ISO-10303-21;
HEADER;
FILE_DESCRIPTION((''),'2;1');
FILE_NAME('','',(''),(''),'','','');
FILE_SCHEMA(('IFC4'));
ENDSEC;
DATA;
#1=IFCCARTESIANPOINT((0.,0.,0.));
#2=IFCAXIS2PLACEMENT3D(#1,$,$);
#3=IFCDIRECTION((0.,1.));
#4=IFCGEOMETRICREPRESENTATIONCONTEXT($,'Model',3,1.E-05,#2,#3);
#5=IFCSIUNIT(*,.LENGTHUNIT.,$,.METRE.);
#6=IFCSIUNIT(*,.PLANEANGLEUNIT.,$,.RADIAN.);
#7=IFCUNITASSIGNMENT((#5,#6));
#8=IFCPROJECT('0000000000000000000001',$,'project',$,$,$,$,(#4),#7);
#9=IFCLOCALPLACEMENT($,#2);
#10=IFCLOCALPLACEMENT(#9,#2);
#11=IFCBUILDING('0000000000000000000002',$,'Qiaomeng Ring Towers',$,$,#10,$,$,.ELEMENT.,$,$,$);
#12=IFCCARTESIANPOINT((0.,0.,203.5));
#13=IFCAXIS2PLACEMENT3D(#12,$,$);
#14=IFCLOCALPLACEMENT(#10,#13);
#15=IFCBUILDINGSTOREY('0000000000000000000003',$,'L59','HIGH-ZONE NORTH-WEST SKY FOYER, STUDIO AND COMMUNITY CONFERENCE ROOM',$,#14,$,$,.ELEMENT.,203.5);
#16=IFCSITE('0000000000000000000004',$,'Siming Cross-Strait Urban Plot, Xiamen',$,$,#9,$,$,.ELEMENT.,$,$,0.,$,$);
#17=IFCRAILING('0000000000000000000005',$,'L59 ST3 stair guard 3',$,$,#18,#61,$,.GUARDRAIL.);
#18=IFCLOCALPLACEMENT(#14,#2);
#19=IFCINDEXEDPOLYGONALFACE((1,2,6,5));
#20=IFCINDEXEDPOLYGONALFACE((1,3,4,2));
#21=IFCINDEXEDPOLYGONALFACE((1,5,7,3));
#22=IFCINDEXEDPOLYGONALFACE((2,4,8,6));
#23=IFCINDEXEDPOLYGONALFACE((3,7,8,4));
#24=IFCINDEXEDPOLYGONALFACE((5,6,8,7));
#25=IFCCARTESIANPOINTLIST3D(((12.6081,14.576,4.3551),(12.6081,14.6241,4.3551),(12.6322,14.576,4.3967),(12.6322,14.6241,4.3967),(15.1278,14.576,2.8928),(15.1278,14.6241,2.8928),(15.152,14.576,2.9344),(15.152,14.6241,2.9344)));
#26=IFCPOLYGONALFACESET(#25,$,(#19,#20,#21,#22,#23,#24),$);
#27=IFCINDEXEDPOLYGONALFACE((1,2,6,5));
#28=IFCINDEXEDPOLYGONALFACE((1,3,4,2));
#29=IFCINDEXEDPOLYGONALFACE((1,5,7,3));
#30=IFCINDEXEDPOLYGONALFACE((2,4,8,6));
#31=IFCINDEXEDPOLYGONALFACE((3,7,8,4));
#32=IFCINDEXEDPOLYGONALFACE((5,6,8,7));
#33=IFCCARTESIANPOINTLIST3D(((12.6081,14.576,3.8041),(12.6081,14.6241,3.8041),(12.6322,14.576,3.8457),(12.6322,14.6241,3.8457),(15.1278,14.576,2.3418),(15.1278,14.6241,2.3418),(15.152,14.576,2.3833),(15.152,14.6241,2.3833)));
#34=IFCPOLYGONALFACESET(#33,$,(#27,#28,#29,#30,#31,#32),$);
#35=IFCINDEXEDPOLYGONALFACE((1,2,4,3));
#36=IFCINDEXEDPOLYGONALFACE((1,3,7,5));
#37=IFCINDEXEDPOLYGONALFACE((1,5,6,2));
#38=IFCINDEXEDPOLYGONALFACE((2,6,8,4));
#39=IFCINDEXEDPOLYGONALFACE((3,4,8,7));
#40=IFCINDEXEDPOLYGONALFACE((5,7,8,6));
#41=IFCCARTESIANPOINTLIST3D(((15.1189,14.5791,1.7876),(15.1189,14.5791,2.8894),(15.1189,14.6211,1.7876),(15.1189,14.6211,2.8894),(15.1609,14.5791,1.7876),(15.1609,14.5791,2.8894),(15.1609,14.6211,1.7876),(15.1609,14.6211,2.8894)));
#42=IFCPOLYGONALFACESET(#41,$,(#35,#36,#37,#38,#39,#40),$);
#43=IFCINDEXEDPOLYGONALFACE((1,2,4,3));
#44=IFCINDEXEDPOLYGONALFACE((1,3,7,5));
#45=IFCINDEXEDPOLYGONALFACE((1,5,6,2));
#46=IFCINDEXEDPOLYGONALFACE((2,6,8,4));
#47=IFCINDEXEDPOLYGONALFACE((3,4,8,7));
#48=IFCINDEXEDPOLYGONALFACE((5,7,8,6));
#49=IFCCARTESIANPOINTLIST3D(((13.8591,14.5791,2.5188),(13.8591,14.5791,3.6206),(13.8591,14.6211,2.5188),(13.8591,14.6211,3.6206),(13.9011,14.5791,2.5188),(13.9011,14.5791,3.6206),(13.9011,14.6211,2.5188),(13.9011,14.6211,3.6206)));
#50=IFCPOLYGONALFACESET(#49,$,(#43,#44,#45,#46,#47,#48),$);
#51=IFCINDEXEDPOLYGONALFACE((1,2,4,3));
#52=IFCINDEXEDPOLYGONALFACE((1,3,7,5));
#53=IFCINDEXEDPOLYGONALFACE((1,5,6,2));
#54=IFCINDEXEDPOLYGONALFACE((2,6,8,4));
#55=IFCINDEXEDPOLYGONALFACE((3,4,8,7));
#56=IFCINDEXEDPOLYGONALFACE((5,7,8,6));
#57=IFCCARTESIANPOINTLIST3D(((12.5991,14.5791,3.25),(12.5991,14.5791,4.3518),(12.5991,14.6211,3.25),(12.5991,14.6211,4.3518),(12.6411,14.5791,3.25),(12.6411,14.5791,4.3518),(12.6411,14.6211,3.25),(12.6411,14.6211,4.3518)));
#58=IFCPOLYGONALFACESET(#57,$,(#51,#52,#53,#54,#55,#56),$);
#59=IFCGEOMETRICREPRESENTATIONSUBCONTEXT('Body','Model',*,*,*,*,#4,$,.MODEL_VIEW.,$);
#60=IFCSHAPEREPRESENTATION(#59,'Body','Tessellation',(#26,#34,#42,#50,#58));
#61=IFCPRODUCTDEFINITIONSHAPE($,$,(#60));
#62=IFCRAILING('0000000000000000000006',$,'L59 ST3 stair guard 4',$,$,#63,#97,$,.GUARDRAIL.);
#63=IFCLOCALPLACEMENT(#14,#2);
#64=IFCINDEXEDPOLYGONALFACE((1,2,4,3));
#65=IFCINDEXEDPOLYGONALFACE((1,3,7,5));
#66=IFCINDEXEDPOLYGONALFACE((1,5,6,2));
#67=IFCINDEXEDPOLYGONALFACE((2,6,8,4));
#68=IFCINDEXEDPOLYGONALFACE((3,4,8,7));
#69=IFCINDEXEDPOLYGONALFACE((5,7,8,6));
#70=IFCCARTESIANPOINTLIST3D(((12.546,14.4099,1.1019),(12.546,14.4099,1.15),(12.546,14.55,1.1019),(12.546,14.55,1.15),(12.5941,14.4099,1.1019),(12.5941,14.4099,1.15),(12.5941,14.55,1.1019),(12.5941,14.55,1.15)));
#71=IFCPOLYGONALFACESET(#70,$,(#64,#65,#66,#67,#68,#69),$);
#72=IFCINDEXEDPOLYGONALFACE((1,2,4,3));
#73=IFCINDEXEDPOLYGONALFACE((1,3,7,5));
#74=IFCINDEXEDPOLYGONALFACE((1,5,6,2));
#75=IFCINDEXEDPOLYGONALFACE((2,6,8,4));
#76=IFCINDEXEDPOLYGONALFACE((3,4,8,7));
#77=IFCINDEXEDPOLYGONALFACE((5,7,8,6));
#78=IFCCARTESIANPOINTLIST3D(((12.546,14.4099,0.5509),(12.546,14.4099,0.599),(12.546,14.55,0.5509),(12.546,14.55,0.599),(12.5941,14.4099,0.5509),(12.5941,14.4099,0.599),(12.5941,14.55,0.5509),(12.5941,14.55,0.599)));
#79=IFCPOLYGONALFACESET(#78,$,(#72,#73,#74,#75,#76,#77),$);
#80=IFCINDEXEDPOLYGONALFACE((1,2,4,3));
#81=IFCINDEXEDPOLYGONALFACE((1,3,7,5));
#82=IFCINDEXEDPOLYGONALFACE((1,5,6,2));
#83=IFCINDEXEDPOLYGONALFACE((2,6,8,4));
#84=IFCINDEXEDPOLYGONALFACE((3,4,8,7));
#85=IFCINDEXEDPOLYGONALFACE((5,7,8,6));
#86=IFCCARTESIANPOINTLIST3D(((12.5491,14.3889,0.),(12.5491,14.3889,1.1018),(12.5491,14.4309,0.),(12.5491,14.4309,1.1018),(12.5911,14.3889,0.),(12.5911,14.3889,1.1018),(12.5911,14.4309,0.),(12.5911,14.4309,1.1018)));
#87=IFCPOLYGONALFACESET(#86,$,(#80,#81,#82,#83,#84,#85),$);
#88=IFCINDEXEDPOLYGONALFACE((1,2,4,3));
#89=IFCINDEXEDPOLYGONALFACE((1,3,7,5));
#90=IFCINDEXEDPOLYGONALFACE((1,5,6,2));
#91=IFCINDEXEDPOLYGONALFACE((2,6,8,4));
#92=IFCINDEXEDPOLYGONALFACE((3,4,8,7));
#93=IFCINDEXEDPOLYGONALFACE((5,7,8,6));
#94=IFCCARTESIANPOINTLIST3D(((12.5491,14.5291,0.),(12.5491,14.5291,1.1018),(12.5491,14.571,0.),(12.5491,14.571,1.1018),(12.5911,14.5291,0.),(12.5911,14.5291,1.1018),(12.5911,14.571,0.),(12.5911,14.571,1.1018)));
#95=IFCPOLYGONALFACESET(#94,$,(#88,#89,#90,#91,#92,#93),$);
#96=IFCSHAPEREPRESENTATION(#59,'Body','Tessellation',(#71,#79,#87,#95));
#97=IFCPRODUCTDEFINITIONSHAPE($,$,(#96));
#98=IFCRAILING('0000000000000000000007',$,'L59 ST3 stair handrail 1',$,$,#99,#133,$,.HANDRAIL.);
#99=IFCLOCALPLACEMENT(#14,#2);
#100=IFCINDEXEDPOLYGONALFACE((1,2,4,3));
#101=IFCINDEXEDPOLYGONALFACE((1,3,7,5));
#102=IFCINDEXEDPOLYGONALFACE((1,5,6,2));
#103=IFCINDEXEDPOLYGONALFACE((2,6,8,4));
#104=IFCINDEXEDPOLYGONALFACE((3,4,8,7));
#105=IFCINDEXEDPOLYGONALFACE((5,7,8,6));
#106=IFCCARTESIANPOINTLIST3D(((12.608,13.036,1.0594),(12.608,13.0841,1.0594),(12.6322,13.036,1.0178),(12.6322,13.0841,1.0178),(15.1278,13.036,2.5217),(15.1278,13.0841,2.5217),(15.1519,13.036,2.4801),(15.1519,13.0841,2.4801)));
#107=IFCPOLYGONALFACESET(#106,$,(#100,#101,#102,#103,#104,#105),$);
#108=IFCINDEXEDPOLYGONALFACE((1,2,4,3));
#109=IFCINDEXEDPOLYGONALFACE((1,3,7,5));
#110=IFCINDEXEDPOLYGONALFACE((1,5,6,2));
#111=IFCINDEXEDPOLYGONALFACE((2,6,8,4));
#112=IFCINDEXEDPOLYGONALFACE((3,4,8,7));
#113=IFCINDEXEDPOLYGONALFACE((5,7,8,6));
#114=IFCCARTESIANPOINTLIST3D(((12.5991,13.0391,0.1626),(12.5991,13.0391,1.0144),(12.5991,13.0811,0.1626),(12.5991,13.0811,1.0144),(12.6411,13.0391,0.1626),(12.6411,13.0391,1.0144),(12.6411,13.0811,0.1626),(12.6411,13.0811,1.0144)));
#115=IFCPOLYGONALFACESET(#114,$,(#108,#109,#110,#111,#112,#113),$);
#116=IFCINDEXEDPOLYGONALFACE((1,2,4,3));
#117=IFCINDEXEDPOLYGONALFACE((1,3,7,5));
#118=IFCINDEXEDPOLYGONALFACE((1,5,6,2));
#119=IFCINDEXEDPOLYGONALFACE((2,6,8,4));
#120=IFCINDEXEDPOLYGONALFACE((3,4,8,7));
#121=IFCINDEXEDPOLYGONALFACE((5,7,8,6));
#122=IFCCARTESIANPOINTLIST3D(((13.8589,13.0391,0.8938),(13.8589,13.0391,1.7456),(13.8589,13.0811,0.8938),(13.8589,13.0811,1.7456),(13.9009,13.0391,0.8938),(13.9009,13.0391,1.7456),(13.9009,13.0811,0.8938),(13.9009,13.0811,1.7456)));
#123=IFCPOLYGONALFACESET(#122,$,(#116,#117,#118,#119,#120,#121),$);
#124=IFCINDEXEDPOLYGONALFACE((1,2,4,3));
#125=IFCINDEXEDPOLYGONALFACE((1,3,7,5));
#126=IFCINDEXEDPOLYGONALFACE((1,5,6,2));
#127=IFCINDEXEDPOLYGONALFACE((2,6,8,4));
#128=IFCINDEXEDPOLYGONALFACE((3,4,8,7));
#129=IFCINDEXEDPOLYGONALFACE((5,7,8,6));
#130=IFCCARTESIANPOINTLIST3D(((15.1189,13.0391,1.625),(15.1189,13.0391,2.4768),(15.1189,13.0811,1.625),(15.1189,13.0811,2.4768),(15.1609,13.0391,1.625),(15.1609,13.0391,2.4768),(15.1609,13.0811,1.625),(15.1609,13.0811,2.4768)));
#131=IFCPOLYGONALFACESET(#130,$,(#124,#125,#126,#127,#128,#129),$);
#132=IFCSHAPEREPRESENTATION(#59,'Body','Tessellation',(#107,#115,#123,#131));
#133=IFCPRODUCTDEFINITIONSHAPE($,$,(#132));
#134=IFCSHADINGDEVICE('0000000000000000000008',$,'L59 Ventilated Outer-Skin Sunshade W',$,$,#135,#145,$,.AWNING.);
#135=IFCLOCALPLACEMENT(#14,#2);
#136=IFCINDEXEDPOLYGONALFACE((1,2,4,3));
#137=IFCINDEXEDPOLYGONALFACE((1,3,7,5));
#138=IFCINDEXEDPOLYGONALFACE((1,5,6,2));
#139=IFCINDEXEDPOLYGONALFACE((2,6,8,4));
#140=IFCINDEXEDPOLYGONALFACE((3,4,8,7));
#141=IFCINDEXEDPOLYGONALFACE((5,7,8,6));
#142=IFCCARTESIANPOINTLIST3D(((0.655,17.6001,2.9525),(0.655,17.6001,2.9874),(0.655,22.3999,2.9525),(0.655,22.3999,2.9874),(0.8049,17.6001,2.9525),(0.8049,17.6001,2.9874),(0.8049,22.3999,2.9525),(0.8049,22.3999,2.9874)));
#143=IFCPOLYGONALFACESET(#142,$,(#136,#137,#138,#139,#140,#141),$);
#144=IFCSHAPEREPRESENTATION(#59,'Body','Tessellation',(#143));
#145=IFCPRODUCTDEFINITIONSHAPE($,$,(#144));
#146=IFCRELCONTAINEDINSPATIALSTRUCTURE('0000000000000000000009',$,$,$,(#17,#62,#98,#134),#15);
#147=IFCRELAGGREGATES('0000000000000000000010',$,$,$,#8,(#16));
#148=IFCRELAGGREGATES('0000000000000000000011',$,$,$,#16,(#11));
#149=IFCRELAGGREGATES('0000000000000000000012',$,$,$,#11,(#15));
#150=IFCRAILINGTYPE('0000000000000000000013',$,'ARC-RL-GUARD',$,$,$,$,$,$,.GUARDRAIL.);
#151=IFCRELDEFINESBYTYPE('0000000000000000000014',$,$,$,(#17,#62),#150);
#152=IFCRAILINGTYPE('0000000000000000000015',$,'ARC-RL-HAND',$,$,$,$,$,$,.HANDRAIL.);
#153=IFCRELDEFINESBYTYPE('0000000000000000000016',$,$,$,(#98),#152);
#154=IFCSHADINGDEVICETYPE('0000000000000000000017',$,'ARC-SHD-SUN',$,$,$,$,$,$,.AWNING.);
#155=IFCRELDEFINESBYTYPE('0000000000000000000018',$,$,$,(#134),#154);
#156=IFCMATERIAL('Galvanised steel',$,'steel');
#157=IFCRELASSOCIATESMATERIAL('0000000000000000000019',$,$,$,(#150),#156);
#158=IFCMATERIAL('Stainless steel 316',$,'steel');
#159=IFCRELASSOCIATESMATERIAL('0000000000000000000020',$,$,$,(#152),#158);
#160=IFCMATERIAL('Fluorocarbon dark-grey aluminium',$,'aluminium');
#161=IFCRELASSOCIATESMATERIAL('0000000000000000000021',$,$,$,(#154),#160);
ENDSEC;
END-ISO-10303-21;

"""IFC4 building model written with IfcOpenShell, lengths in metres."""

from ifc_helpers import new_model, si_unit, direction, frame, origin, origin_2d, place, context, subcontext, project, spatial, rectangle, extrude, source, transform, mapped, material, material_profile, profile_set, type_object, element, save


model = new_model("IFC4")

# Units and contexts
model_context = context("Model", 3, precision=1e-05, world=origin(), true_north=direction((0.0, 1.0)))
body_context = subcontext(model_context, "Body", "Model", "MODEL_VIEW")
ifc_project = project(units=[si_unit("LENGTHUNIT", "METRE"), si_unit("PLANEANGLEUNIT", "RADIAN")], contexts=[model_context])

# Site, building, storey
site_placement = place(None, origin())
site = spatial("IfcSite", under=ifc_project, at=site_placement, Name="Siming Cross-Strait Urban Plot, Xiamen", CompositionType="ELEMENT", RefElevation=0.0)
building_placement = place(site_placement, origin())
building = spatial("IfcBuilding", under=site, at=building_placement, Name="Qiaomeng Ring Towers", CompositionType="ELEMENT")
storey_placement = place(building_placement, frame((0.0, 0.0, 203.5)))
storey = spatial("IfcBuildingStorey", under=building, at=storey_placement, Name="L59", Description="HIGH-ZONE NORTH-WEST SKY FOYER, STUDIO AND COMMUNITY CONFERENCE ROOM", CompositionType="ELEMENT", Elevation=203.5)

# Shared definitions
ifc_material_1 = material(Name="Fluorocarbon dark-grey aluminium", Category="aluminium")

# Shared definitions
ifc_material_2 = material(Name="Galvanised steel", Category="steel")

# Railings
railing_type_1 = type_object("IfcRailingType", Name="ARC-RL-GUARD", PredefinedType="GUARDRAIL", material=ifc_material_2)
railing_1_placement = place(storey_placement, frame((15.1399, 14.6001, 1.7876)))
element("IfcRailing", 1, at=railing_1_placement, inside=storey, type_object=railing_type_1, Name="L59 ST3 stair guard 3", PredefinedType="GUARDRAIL", context=body_context, shape_type="SweptSolid", body=[
    extrude(rectangle(XDim=0.0481, YDim=0.0481, at=origin_2d()), frame((0.0, 0.0, 1.126), z_axis=(-0.864892, 0.0, 0.501958), x_axis=(0.0, -1.0, 0.0)), (0.0, 0.0, 1.0), 2.9133),
    extrude(rectangle(XDim=0.0481, YDim=0.0481, at=origin_2d()), frame((0.0, 0.0, 0.575), z_axis=(-0.864892, 0.0, 0.501958), x_axis=(0.0, -1.0, 0.0)), (0.0, 0.0, 1.0), 2.9133),
    extrude(rectangle(XDim=0.042, YDim=0.042, at=origin_2d()), origin(), (0.0, 0.0, 1.0), 1.1018),
    extrude(rectangle(XDim=0.042, YDim=0.042, at=origin_2d()), frame((-1.2598, 0.0, 0.7312)), (0.0, 0.0, 1.0), 1.1018),
    extrude(rectangle(XDim=0.042, YDim=0.042, at=origin_2d()), frame((-2.5198, 0.0, 1.4624)), (0.0, 0.0, 1.0), 1.1018),
])
railing_2_placement = place(storey_placement, frame((12.5701, 14.4099, 0.0)))
element("IfcRailing", 2, at=railing_2_placement, inside=storey, type_object=railing_type_1, Name="L59 ST3 stair guard 4", PredefinedType="GUARDRAIL", context=body_context, shape_type="SweptSolid", body=[
    extrude(rectangle(XDim=0.0481, YDim=0.0481, at=origin_2d()), frame((0.0, 0.0, 1.126), z_axis=(0.0, 1.0, 0.0), x_axis=(-1.0, 0.0, 0.0)), (0.0, 0.0, 1.0), 0.1401),
    extrude(rectangle(XDim=0.0481, YDim=0.0481, at=origin_2d()), frame((0.0, 0.0, 0.575), z_axis=(0.0, 1.0, 0.0), x_axis=(-1.0, 0.0, 0.0)), (0.0, 0.0, 1.0), 0.1401),
    extrude(rectangle(XDim=0.042, YDim=0.042, at=origin_2d()), origin(), (0.0, 0.0, 1.0), 1.1018),
    extrude(rectangle(XDim=0.042, YDim=0.042, at=origin_2d()), frame((0.0, 0.1401, 0.0)), (0.0, 0.0, 1.0), 1.1018),
])
ifc_material_3 = material(Name="Stainless steel 316", Category="steel")
railing_type_2 = type_object("IfcRailingType", Name="ARC-RL-HAND", PredefinedType="HANDRAIL", material=ifc_material_3)
railing_3_placement = place(storey_placement, frame((12.6201, 13.0601, 0.1626)))
element("IfcRailing", 3, at=railing_3_placement, inside=storey, type_object=railing_type_2, Name="L59 ST3 stair handrail 1", PredefinedType="HANDRAIL", context=body_context, shape_type="SweptSolid", body=[
    extrude(rectangle(XDim=0.0481, YDim=0.0481, at=origin_2d()), frame((0.0, 0.0, 0.876), z_axis=(0.864892, 0.0, 0.501958), x_axis=(0.0, 1.0, 0.0)), (0.0, 0.0, 1.0), 2.9133),
    extrude(rectangle(XDim=0.042, YDim=0.042, at=origin_2d()), origin(), (0.0, 0.0, 1.0), 0.8518),
    extrude(rectangle(XDim=0.042, YDim=0.042, at=origin_2d()), frame((1.2598, 0.0, 0.7312)), (0.0, 0.0, 1.0), 0.8518),
    extrude(rectangle(XDim=0.042, YDim=0.042, at=origin_2d()), frame((2.5198, 0.0, 1.4624)), (0.0, 0.0, 1.0), 0.8518),
])

# Shading device
ifc_material_profile_1 = material_profile(ifc_material_1, rectangle(XDim=0.1499, YDim=0.0349, at=origin_2d()), Name="LV BLADE 150x35")
ifc_profile_set_1 = profile_set([ifc_material_profile_1], Name="Fluorocarbon dark-grey aluminium")
shading_device_type = type_object("IfcShadingDeviceType", Name="ARC-SHD-SUN", PredefinedType="AWNING", material=ifc_profile_set_1)
shared_shape_1 = source(origin(), body_context, "Body", "SweptSolid", [
    extrude(rectangle(XDim=0.1499, YDim=0.0349, at=origin_2d()), origin(), (0.0, 0.0, 1.0), 4.7998),
])
shading_device_placement = place(storey_placement, frame((0.73, 17.6001, 2.97), z_axis=(0.0, 1.0, 0.0), x_axis=(-1.0, 0.0, 0.0)))
element("IfcShadingDevice", 4, at=shading_device_placement, inside=storey, type_object=shading_device_type, Name="L59 Ventilated Outer-Skin Sunshade W", PredefinedType="AWNING", context=body_context, shape_type="MappedRepresentation", body=[
    mapped(shared_shape_1, transform((0.0, 0.0, 0.0), x_axis=(1.0, 0.0, 0.0), y_axis=(0.0, 1.0, 0.0), z_axis=(0.0, 0.0, 1.0), scale=1.0)),
])

save(model, "model.ifc")
